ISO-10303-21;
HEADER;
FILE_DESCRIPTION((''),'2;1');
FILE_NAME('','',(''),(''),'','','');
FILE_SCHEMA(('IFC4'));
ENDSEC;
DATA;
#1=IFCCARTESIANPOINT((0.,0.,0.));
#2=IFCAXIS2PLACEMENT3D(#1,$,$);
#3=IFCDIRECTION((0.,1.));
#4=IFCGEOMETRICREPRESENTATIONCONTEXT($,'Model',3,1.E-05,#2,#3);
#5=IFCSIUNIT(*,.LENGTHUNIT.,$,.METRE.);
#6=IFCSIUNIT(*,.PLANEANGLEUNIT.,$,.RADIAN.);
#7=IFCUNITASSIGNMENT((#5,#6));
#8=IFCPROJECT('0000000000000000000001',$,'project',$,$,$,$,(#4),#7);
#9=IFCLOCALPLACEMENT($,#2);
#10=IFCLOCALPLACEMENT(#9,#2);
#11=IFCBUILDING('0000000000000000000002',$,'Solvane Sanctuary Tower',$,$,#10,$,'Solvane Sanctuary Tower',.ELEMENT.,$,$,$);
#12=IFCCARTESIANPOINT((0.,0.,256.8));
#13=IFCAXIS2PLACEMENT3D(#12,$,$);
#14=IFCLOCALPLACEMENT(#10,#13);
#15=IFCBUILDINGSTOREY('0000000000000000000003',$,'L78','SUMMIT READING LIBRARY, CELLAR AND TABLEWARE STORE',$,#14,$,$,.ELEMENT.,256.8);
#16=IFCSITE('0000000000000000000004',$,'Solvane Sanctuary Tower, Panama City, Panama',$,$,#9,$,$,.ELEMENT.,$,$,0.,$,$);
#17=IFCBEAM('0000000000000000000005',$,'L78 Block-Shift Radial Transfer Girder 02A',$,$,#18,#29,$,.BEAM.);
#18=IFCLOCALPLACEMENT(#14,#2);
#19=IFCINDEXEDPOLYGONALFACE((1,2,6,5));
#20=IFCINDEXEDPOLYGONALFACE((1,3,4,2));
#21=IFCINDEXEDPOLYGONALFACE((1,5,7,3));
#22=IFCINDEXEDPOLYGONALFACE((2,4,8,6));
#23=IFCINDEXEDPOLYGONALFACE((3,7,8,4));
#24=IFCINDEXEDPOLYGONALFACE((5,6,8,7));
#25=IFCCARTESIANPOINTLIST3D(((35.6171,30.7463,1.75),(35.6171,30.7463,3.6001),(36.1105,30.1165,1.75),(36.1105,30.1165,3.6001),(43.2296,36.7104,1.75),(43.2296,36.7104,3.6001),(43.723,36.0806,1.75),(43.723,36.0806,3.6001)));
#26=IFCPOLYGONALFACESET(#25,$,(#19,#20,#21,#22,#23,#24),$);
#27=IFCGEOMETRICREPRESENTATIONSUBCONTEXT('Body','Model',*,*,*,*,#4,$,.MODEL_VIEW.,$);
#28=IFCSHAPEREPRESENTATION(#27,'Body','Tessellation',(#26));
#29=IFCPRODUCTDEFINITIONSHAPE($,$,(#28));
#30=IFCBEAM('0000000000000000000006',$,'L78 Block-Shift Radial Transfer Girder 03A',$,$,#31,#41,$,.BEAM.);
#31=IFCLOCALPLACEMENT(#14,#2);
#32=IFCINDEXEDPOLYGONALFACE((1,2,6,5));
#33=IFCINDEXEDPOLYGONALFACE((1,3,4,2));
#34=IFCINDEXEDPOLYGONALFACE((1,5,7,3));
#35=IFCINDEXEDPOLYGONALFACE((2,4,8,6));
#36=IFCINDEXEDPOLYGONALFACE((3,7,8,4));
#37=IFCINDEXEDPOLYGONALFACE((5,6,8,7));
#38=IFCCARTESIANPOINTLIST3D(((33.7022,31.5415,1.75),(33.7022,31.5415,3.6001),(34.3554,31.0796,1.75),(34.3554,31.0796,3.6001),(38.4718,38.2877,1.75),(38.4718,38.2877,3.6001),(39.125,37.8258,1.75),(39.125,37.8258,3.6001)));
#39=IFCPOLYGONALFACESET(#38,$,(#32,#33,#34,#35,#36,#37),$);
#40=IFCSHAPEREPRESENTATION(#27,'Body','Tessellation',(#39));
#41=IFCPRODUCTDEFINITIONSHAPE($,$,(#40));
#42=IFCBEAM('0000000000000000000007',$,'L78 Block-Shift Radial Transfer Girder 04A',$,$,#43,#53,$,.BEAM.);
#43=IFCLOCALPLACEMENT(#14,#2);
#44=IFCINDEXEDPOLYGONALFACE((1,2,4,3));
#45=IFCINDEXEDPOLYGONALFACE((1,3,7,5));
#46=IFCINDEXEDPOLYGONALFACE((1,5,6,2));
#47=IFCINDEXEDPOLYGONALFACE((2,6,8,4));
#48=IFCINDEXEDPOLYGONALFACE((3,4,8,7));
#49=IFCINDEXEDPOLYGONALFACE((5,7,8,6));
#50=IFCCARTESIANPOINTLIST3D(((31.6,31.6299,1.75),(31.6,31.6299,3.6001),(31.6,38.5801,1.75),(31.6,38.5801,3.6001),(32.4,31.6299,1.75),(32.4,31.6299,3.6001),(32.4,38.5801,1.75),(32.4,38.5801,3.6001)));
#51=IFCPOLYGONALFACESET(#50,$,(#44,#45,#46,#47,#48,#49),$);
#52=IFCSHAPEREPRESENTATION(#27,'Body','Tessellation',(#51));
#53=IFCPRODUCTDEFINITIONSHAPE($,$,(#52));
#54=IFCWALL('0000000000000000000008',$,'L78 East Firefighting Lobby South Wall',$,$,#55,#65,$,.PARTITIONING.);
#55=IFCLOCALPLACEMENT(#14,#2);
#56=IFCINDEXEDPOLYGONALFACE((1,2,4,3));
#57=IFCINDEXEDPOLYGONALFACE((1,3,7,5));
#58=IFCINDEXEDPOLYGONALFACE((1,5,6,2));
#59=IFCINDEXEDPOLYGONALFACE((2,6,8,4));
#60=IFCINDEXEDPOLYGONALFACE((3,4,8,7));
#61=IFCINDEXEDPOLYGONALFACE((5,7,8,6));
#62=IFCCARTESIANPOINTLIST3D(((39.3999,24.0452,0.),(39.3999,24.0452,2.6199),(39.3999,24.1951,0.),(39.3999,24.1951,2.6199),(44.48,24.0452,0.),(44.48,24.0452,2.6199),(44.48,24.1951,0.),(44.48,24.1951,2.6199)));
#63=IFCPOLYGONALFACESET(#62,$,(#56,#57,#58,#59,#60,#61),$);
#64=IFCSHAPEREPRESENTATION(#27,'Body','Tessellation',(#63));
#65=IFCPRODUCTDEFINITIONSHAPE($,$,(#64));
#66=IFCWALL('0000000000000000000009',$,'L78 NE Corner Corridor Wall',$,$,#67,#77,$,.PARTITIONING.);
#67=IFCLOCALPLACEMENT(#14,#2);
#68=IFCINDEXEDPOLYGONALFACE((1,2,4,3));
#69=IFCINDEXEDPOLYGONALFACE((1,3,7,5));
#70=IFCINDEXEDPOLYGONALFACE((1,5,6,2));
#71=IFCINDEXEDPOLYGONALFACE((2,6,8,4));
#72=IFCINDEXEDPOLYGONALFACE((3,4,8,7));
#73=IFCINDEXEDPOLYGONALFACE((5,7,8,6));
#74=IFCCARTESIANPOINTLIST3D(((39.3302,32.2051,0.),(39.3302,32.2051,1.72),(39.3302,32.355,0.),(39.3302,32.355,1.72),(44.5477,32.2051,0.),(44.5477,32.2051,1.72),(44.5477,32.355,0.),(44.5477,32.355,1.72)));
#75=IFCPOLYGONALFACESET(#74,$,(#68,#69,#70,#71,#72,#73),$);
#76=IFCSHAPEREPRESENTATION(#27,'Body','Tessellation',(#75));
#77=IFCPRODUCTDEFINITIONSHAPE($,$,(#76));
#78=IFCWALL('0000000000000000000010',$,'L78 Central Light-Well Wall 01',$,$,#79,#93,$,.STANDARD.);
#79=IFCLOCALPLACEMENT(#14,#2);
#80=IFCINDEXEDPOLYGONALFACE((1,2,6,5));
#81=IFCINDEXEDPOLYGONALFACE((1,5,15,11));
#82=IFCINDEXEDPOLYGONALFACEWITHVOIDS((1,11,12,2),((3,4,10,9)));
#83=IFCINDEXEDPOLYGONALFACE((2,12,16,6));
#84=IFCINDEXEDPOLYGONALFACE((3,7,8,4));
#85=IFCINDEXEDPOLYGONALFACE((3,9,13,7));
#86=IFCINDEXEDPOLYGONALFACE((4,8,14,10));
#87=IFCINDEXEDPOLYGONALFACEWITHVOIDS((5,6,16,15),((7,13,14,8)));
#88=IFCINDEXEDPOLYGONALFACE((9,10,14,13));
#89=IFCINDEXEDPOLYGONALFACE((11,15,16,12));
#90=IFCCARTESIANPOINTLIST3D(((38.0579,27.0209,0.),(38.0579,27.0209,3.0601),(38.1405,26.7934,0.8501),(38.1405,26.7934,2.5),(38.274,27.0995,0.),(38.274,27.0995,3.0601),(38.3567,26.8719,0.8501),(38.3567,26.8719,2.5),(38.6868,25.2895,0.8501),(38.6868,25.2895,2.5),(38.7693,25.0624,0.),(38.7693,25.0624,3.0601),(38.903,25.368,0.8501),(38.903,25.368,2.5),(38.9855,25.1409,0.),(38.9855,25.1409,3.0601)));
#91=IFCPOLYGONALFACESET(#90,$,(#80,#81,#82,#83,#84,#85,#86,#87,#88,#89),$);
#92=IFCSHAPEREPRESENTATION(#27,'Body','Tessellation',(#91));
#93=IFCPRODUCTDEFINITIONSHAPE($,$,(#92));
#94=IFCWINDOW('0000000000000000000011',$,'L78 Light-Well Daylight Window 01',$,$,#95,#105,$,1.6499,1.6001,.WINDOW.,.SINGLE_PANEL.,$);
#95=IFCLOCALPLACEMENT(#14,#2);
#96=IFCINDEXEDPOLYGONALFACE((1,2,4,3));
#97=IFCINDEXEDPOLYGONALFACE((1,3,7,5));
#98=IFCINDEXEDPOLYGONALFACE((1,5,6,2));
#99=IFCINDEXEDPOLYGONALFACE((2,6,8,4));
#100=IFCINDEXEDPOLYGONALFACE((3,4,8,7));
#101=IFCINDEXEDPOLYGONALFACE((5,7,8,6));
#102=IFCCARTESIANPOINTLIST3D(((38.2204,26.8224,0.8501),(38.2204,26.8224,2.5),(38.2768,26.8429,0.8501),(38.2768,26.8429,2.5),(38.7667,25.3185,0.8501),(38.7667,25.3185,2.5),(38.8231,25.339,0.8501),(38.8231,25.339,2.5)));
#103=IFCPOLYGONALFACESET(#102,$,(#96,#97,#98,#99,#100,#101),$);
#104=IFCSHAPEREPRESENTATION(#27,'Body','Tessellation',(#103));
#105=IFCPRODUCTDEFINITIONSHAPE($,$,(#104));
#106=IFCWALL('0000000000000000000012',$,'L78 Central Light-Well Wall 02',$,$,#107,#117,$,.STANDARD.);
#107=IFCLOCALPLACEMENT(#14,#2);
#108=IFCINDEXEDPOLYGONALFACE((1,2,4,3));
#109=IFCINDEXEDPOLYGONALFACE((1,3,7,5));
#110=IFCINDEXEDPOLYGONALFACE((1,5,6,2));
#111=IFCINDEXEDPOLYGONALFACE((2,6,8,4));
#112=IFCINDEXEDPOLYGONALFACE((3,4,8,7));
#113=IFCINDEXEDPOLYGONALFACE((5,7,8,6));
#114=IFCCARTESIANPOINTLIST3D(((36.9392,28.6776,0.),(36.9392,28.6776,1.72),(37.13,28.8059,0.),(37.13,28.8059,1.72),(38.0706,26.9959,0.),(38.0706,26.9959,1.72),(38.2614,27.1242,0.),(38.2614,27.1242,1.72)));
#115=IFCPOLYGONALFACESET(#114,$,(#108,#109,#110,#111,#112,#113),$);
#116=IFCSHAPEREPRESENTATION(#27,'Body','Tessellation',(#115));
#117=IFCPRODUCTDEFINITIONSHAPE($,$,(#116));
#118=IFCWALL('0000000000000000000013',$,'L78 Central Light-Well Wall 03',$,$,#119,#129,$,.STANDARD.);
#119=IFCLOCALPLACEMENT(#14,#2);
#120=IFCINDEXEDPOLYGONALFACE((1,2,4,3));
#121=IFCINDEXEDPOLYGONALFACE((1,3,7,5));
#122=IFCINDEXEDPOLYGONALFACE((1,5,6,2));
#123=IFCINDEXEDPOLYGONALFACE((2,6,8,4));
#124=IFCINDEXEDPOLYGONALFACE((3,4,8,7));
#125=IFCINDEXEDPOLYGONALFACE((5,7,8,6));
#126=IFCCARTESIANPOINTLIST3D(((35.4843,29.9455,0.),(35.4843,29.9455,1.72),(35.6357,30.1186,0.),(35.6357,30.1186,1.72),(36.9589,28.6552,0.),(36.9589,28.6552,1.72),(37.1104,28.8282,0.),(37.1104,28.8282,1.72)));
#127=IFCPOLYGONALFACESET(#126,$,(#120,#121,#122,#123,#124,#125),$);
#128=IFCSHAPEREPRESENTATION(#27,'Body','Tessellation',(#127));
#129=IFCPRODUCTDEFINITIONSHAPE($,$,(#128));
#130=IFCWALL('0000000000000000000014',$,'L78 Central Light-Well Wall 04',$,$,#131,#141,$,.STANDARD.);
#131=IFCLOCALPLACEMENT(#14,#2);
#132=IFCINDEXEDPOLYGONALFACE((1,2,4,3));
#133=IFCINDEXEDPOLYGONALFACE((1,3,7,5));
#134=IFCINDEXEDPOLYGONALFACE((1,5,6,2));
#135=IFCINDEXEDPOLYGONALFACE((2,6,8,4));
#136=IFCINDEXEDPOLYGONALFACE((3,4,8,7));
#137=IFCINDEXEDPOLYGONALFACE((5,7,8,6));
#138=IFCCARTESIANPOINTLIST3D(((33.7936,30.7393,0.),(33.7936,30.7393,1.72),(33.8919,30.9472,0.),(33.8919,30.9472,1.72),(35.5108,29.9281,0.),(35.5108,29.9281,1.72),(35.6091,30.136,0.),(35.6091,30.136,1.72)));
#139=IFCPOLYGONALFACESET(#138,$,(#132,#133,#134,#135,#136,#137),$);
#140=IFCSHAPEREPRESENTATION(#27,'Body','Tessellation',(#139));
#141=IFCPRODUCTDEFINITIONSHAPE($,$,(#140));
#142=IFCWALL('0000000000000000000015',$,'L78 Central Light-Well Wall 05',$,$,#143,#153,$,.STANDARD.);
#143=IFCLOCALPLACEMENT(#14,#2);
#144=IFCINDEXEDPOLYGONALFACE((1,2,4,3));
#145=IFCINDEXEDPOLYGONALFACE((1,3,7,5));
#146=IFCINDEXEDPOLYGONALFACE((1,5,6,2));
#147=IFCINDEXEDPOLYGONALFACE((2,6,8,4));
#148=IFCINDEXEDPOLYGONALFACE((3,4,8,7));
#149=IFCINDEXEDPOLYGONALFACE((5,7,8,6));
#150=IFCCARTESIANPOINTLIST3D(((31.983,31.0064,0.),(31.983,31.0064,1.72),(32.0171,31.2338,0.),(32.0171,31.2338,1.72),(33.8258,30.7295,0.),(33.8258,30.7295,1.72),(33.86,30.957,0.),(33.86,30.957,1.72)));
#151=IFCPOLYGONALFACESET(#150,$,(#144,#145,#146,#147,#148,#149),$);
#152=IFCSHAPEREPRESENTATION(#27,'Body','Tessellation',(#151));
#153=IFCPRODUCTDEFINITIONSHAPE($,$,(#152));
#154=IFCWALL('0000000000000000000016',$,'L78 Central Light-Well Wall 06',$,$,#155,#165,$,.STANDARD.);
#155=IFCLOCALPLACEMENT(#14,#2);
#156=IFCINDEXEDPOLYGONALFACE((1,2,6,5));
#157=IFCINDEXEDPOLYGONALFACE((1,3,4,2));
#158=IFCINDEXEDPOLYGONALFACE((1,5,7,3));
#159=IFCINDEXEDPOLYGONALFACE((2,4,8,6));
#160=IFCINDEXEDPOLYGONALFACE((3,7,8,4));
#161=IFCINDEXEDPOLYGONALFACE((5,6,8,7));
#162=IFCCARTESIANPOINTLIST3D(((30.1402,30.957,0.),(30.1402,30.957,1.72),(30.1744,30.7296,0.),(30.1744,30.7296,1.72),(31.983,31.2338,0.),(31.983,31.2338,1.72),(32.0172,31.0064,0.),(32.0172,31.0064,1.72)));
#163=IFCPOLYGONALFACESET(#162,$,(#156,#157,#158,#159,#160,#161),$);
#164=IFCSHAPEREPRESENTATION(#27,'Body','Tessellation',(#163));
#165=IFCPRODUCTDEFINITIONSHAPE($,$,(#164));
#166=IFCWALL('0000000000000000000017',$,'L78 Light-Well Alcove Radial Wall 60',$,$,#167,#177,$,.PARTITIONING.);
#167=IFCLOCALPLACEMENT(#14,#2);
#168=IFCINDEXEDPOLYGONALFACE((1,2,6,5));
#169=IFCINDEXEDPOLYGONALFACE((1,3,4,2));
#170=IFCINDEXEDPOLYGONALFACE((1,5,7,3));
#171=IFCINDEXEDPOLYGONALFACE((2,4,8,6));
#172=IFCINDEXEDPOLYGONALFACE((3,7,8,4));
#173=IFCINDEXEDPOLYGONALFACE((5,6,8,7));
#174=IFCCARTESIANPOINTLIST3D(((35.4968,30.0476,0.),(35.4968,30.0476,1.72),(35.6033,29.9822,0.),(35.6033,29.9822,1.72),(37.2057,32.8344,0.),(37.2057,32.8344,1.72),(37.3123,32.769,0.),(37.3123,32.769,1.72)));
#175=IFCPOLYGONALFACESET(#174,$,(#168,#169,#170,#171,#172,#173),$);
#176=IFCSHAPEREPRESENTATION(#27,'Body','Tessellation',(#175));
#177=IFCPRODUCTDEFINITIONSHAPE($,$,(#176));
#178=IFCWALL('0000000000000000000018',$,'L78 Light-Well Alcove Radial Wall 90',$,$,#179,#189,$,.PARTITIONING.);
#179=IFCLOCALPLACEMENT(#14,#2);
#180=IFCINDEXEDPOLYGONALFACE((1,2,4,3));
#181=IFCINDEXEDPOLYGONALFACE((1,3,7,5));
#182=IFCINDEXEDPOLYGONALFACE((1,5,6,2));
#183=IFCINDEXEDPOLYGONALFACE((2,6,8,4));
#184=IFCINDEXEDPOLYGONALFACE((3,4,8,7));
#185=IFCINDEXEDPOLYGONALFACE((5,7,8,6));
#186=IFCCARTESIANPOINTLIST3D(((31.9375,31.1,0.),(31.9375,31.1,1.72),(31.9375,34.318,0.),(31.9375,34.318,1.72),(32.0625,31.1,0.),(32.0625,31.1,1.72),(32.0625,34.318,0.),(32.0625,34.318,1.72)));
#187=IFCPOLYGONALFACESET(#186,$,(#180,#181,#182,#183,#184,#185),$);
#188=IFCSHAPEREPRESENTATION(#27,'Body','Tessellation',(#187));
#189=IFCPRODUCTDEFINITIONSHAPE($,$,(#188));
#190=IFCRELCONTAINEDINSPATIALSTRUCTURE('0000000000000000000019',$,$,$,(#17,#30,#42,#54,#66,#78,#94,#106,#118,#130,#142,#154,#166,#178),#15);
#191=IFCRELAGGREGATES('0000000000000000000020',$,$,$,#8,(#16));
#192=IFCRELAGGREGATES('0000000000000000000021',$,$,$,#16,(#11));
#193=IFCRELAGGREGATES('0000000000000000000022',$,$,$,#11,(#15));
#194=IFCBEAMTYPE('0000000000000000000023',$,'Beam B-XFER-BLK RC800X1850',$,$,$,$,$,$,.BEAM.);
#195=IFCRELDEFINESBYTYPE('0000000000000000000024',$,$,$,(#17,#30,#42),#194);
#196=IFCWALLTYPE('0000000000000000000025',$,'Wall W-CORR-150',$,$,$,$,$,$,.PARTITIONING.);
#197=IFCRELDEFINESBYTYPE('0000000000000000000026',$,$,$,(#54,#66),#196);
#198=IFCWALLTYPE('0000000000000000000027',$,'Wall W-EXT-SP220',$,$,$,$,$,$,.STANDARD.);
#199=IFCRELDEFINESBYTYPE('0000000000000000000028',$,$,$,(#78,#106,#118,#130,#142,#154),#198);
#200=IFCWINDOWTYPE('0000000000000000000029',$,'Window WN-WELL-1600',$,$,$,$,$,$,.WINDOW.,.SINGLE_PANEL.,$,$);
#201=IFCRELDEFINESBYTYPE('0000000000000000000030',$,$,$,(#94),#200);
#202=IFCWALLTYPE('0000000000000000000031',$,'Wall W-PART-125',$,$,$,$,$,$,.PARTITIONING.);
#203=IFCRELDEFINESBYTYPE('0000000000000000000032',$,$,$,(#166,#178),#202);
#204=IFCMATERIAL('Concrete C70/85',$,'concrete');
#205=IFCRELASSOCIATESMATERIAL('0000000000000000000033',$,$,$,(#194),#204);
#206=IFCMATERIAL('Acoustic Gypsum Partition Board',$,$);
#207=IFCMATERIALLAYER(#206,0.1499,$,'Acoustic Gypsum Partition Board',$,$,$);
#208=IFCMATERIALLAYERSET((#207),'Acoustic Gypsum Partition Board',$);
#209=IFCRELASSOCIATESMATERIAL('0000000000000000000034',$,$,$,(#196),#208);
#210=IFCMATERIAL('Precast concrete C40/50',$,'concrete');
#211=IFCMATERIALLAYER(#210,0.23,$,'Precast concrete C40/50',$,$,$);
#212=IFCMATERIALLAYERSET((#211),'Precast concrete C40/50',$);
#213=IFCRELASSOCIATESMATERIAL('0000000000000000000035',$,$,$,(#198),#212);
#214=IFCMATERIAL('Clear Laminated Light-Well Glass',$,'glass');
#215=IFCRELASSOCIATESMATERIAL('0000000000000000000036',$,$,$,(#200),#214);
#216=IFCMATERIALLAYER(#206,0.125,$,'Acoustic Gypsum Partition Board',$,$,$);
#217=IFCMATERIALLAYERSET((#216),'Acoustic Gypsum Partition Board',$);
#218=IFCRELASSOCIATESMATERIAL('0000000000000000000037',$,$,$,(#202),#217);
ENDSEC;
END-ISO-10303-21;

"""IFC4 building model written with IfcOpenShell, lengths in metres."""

from ifc_helpers import new_model, si_unit, direction, frame, frame_2d, origin, origin_2d, place, context, subcontext, project, spatial, rectangle, extrude, material, layer, layer_set, material_profile, profile_set, type_object, element, fill, save


model = new_model("IFC4")

# Units and contexts
model_context = context("Model", 3, precision=1e-05, world=origin(), true_north=direction((0.0, 1.0)))
body_context = subcontext(model_context, "Body", "Model", "MODEL_VIEW")
ifc_project = project(units=[si_unit("LENGTHUNIT", "METRE"), si_unit("PLANEANGLEUNIT", "RADIAN")], contexts=[model_context])

# Site, building, storey
site_placement = place(None, origin())
site = spatial("IfcSite", under=ifc_project, at=site_placement, Name="Solvane Sanctuary Tower, Panama City, Panama", CompositionType="ELEMENT", RefElevation=0.0)
building_placement = place(site_placement, origin())
building = spatial("IfcBuilding", under=site, at=building_placement, Name="Solvane Sanctuary Tower", LongName="Solvane Sanctuary Tower", CompositionType="ELEMENT")
storey_placement = place(building_placement, frame((0.0, 0.0, 256.8)))
storey = spatial("IfcBuildingStorey", under=building, at=storey_placement, Name="L78", Description="SUMMIT READING LIBRARY, CELLAR AND TABLEWARE STORE", CompositionType="ELEMENT", Elevation=256.8)

# Beams
ifc_material_1 = material(Name="Concrete C70/85", Category="concrete")
ifc_material_profile_1 = material_profile(ifc_material_1, rectangle(XDim=0.8, YDim=1.8501, at=origin_2d()), Name="RC800X1850")
ifc_profile_set_1 = profile_set([ifc_material_profile_1], Name="Concrete C70/85")
beam_type_1 = type_object("IfcBeamType", Name="Beam B-XFER-BLK RC800X1850", PredefinedType="BEAM", material=ifc_profile_set_1)
beam_1_placement = place(storey_placement, frame((35.8638, 30.4314, 2.675), z_axis=(0.78718, 0.616723, 0.0), x_axis=(-0.616723, 0.78718, 0.0)))
element("IfcBeam", 1, at=beam_1_placement, inside=storey, type_object=beam_type_1, Name="L78 Block-Shift Radial Transfer Girder 02A", PredefinedType="BEAM", context=body_context, shape_type="SweptSolid", body=[
    extrude(rectangle(XDim=0.8, YDim=1.8501, at=origin_2d()), origin(), (0.0, 0.0, 1.0), 9.6707),
])
beam_2_placement = place(storey_placement, frame((34.0288, 31.3105, 2.675), z_axis=(0.577296, 0.816535, 0.0), x_axis=(-0.816535, 0.577296, 0.0)))
element("IfcBeam", 2, at=beam_2_placement, inside=storey, type_object=beam_type_1, Name="L78 Block-Shift Radial Transfer Girder 03A", PredefinedType="BEAM", context=body_context, shape_type="SweptSolid", body=[
    extrude(rectangle(XDim=0.8, YDim=1.8501, at=origin_2d()), origin(), (0.0, 0.0, 1.0), 8.262),
])
beam_3_placement = place(storey_placement, frame((32.0, 31.6299, 2.675), z_axis=(0.0, 1.0, 0.0), x_axis=(-1.0, 0.0, 0.0)))
element("IfcBeam", 3, at=beam_3_placement, inside=storey, type_object=beam_type_1, Name="L78 Block-Shift Radial Transfer Girder 04A", PredefinedType="BEAM", context=body_context, shape_type="SweptSolid", body=[
    extrude(rectangle(XDim=0.8, YDim=1.8501, at=origin_2d()), origin(), (0.0, 0.0, 1.0), 6.9502),
])

# Walls
ifc_material_2 = material(Name="Acoustic Gypsum Partition Board")
ifc_layer_1 = layer(ifc_material_2, 0.1499, Name="Acoustic Gypsum Partition Board")
ifc_layer_set_1 = layer_set([ifc_layer_1], Name="Acoustic Gypsum Partition Board")
wall_type_1 = type_object("IfcWallType", Name="Wall W-CORR-150", PredefinedType="PARTITIONING", material=ifc_layer_set_1)
wall_1_placement = place(storey_placement, frame((39.3999, 24.1201, 0.0), z_axis=(0.0, 0.0, 1.0), x_axis=(1.0, 0.0, 0.0)))
element("IfcWall", 4, at=wall_1_placement, inside=storey, type_object=wall_type_1, Name="L78 East Firefighting Lobby South Wall", PredefinedType="PARTITIONING", context=body_context, shape_type="SweptSolid", body=[
    extrude(rectangle(XDim=5.0801, YDim=0.1499, at=frame_2d((2.54, 0.0))), origin(), (0.0, 0.0, 1.0), 2.6199),
])
wall_2_placement = place(storey_placement, frame((39.3301, 32.28, 0.0), z_axis=(0.0, 0.0, 1.0), x_axis=(1.0, 0.0, 0.0)))
element("IfcWall", 5, at=wall_2_placement, inside=storey, type_object=wall_type_1, Name="L78 NE Corner Corridor Wall", PredefinedType="PARTITIONING", context=body_context, shape_type="SweptSolid", body=[
    extrude(rectangle(XDim=5.2175, YDim=0.1499, at=frame_2d((2.6089, 0.0))), origin(), (0.0, 0.0, 1.0), 1.72),
])

# Wall, opening, window
ifc_material_3 = material(Name="Precast concrete C40/50", Category="concrete")
ifc_layer_2 = layer(ifc_material_3, 0.23, Name="Precast concrete C40/50")
ifc_layer_set_2 = layer_set([ifc_layer_2], Name="Precast concrete C40/50")
wall_type_2 = type_object("IfcWallType", Name="Wall W-EXT-SP220", PredefinedType="STANDARD", material=ifc_layer_set_2)
wall_3_placement = place(storey_placement, frame((38.8774, 25.1016, 0.0), z_axis=(0.0, 0.0, 1.0), x_axis=(-0.341423, 0.93991, 0.0)))
wall_3 = element("IfcWall", 6, at=wall_3_placement, inside=storey, type_object=wall_type_2, Name="L78 Central Light-Well Wall 01", PredefinedType="STANDARD", context=body_context, shape_type="SweptSolid", body=[
    extrude(rectangle(XDim=2.0837, YDim=0.23, at=frame_2d((1.042, 0.0))), origin(), (0.0, 0.0, 1.0), 3.0601),
])
opening_placement = place(wall_3_placement, frame((0.2417, 0.0, 0.8501)))
opening = element("IfcOpeningElement", 7, at=opening_placement, cuts=wall_3, PredefinedType="OPENING", context=body_context, shape_type="SweptSolid", body=[
    extrude(rectangle(XDim=1.6001, YDim=1.6499, at=frame_2d((0.8, 0.825))), frame((0.0, 0.125, 0.0), z_axis=(0.0, -1.0, 0.0), x_axis=(1.0, 0.0, 0.0)), (0.0, 0.0, 1.0), 0.25),
])
ifc_material_4 = material(Name="Clear Laminated Light-Well Glass", Category="glass")
window_type = type_object("IfcWindowType", Name="Window WN-WELL-1600", PartitioningType="SINGLE_PANEL", PredefinedType="WINDOW", material=ifc_material_4)
window_placement = place(opening_placement, origin())
window = element("IfcWindow", 8, at=window_placement, inside=storey, type_object=window_type, Name="L78 Light-Well Daylight Window 01", OverallHeight=1.6499, OverallWidth=1.6001, PartitioningType="SINGLE_PANEL", PredefinedType="WINDOW", context=body_context, shape_type="SweptSolid", body=[
    extrude(rectangle(XDim=1.6001, YDim=1.6499, at=frame_2d((0.8, 0.825))), frame((0.0, 0.03, 0.0), z_axis=(0.0, -1.0, 0.0), x_axis=(1.0, 0.0, 0.0)), (0.0, 0.0, 1.0), 0.0601),
])
fill(opening, window)

# Walls
wall_4_placement = place(storey_placement, frame((38.166, 27.0601, 0.0), z_axis=(0.0, 0.0, 1.0), x_axis=(-0.558198, 0.829708, 0.0)))
element("IfcWall", 9, at=wall_4_placement, inside=storey, type_object=wall_type_2, Name="L78 Central Light-Well Wall 02", PredefinedType="STANDARD", context=body_context, shape_type="SweptSolid", body=[
    extrude(rectangle(XDim=2.0269, YDim=0.23, at=frame_2d((1.0134, 0.0))), origin(), (0.0, 0.0, 1.0), 1.72),
])
wall_5_placement = place(storey_placement, frame((37.0347, 28.7417, 0.0), z_axis=(0.0, 0.0, 1.0), x_axis=(-0.752577, 0.658505, 0.0)))
element("IfcWall", 10, at=wall_5_placement, inside=storey, type_object=wall_type_2, Name="L78 Central Light-Well Wall 03", PredefinedType="STANDARD", context=body_context, shape_type="SweptSolid", body=[
    extrude(rectangle(XDim=1.9595, YDim=0.23, at=frame_2d((0.9797, 0.0))), origin(), (0.0, 0.0, 1.0), 1.72),
])
wall_6_placement = place(storey_placement, frame((35.5601, 30.032, 0.0), z_axis=(0.0, 0.0, 1.0), x_axis=(-0.90418, 0.427152, 0.0)))
element("IfcWall", 11, at=wall_6_placement, inside=storey, type_object=wall_type_2, Name="L78 Central Light-Well Wall 04", PredefinedType="STANDARD", context=body_context, shape_type="SweptSolid", body=[
    extrude(rectangle(XDim=1.8992, YDim=0.23, at=frame_2d((0.9497, 0.0))), origin(), (0.0, 0.0, 1.0), 1.72),
])
for number, where, z_axis, x_axis, name in (
    (12, (33.8428, 30.8433, 0.0), (0.0, 0.0, 1.0), (-0.988902, 0.148571, 0.0), "L78 Central Light-Well Wall 05"),
    (13, (32.0, 31.1201, 0.0), (0.0, 0.0, 1.0), (-0.988902, -0.148571, 0.0), "L78 Central Light-Well Wall 06"),
):
    element("IfcWall", number, at=place(storey_placement, frame(where, z_axis=z_axis, x_axis=x_axis)), inside=storey, type_object=wall_type_2, Name=name, PredefinedType="STANDARD", context=body_context, shape_type="SweptSolid", body=[
        extrude(rectangle(XDim=1.8635, YDim=0.23, at=frame_2d((0.9316, 0.0))), origin(), (0.0, 0.0, 1.0), 1.72),
    ])
ifc_layer_3 = layer(ifc_material_2, 0.125, Name="Acoustic Gypsum Partition Board")
ifc_layer_set_3 = layer_set([ifc_layer_3], Name="Acoustic Gypsum Partition Board")
wall_type_3 = type_object("IfcWallType", Name="Wall W-PART-125", PredefinedType="PARTITIONING", material=ifc_layer_set_3)
wall_7_placement = place(storey_placement, frame((35.55, 30.0149, 0.0), z_axis=(0.0, 0.0, 1.0), x_axis=(0.522763, 0.852478, 0.0)))
element("IfcWall", 14, at=wall_7_placement, inside=storey, type_object=wall_type_3, Name="L78 Light-Well Alcove Radial Wall 60", PredefinedType="PARTITIONING", context=body_context, shape_type="SweptSolid", body=[
    extrude(rectangle(XDim=3.269, YDim=0.125, at=frame_2d((1.6345, 0.0))), origin(), (0.0, 0.0, 1.0), 1.72),
])
wall_8_placement = place(storey_placement, frame((32.0, 31.1001, 0.0), z_axis=(0.0, 0.0, 1.0), x_axis=(0.0, 1.0, 0.0)))
element("IfcWall", 15, at=wall_8_placement, inside=storey, type_object=wall_type_3, Name="L78 Light-Well Alcove Radial Wall 90", PredefinedType="PARTITIONING", context=body_context, shape_type="SweptSolid", body=[
    extrude(rectangle(XDim=3.218, YDim=0.125, at=frame_2d((1.6089, 0.0))), origin(), (0.0, 0.0, 1.0), 1.72),
])

save(model, "model.ifc")
